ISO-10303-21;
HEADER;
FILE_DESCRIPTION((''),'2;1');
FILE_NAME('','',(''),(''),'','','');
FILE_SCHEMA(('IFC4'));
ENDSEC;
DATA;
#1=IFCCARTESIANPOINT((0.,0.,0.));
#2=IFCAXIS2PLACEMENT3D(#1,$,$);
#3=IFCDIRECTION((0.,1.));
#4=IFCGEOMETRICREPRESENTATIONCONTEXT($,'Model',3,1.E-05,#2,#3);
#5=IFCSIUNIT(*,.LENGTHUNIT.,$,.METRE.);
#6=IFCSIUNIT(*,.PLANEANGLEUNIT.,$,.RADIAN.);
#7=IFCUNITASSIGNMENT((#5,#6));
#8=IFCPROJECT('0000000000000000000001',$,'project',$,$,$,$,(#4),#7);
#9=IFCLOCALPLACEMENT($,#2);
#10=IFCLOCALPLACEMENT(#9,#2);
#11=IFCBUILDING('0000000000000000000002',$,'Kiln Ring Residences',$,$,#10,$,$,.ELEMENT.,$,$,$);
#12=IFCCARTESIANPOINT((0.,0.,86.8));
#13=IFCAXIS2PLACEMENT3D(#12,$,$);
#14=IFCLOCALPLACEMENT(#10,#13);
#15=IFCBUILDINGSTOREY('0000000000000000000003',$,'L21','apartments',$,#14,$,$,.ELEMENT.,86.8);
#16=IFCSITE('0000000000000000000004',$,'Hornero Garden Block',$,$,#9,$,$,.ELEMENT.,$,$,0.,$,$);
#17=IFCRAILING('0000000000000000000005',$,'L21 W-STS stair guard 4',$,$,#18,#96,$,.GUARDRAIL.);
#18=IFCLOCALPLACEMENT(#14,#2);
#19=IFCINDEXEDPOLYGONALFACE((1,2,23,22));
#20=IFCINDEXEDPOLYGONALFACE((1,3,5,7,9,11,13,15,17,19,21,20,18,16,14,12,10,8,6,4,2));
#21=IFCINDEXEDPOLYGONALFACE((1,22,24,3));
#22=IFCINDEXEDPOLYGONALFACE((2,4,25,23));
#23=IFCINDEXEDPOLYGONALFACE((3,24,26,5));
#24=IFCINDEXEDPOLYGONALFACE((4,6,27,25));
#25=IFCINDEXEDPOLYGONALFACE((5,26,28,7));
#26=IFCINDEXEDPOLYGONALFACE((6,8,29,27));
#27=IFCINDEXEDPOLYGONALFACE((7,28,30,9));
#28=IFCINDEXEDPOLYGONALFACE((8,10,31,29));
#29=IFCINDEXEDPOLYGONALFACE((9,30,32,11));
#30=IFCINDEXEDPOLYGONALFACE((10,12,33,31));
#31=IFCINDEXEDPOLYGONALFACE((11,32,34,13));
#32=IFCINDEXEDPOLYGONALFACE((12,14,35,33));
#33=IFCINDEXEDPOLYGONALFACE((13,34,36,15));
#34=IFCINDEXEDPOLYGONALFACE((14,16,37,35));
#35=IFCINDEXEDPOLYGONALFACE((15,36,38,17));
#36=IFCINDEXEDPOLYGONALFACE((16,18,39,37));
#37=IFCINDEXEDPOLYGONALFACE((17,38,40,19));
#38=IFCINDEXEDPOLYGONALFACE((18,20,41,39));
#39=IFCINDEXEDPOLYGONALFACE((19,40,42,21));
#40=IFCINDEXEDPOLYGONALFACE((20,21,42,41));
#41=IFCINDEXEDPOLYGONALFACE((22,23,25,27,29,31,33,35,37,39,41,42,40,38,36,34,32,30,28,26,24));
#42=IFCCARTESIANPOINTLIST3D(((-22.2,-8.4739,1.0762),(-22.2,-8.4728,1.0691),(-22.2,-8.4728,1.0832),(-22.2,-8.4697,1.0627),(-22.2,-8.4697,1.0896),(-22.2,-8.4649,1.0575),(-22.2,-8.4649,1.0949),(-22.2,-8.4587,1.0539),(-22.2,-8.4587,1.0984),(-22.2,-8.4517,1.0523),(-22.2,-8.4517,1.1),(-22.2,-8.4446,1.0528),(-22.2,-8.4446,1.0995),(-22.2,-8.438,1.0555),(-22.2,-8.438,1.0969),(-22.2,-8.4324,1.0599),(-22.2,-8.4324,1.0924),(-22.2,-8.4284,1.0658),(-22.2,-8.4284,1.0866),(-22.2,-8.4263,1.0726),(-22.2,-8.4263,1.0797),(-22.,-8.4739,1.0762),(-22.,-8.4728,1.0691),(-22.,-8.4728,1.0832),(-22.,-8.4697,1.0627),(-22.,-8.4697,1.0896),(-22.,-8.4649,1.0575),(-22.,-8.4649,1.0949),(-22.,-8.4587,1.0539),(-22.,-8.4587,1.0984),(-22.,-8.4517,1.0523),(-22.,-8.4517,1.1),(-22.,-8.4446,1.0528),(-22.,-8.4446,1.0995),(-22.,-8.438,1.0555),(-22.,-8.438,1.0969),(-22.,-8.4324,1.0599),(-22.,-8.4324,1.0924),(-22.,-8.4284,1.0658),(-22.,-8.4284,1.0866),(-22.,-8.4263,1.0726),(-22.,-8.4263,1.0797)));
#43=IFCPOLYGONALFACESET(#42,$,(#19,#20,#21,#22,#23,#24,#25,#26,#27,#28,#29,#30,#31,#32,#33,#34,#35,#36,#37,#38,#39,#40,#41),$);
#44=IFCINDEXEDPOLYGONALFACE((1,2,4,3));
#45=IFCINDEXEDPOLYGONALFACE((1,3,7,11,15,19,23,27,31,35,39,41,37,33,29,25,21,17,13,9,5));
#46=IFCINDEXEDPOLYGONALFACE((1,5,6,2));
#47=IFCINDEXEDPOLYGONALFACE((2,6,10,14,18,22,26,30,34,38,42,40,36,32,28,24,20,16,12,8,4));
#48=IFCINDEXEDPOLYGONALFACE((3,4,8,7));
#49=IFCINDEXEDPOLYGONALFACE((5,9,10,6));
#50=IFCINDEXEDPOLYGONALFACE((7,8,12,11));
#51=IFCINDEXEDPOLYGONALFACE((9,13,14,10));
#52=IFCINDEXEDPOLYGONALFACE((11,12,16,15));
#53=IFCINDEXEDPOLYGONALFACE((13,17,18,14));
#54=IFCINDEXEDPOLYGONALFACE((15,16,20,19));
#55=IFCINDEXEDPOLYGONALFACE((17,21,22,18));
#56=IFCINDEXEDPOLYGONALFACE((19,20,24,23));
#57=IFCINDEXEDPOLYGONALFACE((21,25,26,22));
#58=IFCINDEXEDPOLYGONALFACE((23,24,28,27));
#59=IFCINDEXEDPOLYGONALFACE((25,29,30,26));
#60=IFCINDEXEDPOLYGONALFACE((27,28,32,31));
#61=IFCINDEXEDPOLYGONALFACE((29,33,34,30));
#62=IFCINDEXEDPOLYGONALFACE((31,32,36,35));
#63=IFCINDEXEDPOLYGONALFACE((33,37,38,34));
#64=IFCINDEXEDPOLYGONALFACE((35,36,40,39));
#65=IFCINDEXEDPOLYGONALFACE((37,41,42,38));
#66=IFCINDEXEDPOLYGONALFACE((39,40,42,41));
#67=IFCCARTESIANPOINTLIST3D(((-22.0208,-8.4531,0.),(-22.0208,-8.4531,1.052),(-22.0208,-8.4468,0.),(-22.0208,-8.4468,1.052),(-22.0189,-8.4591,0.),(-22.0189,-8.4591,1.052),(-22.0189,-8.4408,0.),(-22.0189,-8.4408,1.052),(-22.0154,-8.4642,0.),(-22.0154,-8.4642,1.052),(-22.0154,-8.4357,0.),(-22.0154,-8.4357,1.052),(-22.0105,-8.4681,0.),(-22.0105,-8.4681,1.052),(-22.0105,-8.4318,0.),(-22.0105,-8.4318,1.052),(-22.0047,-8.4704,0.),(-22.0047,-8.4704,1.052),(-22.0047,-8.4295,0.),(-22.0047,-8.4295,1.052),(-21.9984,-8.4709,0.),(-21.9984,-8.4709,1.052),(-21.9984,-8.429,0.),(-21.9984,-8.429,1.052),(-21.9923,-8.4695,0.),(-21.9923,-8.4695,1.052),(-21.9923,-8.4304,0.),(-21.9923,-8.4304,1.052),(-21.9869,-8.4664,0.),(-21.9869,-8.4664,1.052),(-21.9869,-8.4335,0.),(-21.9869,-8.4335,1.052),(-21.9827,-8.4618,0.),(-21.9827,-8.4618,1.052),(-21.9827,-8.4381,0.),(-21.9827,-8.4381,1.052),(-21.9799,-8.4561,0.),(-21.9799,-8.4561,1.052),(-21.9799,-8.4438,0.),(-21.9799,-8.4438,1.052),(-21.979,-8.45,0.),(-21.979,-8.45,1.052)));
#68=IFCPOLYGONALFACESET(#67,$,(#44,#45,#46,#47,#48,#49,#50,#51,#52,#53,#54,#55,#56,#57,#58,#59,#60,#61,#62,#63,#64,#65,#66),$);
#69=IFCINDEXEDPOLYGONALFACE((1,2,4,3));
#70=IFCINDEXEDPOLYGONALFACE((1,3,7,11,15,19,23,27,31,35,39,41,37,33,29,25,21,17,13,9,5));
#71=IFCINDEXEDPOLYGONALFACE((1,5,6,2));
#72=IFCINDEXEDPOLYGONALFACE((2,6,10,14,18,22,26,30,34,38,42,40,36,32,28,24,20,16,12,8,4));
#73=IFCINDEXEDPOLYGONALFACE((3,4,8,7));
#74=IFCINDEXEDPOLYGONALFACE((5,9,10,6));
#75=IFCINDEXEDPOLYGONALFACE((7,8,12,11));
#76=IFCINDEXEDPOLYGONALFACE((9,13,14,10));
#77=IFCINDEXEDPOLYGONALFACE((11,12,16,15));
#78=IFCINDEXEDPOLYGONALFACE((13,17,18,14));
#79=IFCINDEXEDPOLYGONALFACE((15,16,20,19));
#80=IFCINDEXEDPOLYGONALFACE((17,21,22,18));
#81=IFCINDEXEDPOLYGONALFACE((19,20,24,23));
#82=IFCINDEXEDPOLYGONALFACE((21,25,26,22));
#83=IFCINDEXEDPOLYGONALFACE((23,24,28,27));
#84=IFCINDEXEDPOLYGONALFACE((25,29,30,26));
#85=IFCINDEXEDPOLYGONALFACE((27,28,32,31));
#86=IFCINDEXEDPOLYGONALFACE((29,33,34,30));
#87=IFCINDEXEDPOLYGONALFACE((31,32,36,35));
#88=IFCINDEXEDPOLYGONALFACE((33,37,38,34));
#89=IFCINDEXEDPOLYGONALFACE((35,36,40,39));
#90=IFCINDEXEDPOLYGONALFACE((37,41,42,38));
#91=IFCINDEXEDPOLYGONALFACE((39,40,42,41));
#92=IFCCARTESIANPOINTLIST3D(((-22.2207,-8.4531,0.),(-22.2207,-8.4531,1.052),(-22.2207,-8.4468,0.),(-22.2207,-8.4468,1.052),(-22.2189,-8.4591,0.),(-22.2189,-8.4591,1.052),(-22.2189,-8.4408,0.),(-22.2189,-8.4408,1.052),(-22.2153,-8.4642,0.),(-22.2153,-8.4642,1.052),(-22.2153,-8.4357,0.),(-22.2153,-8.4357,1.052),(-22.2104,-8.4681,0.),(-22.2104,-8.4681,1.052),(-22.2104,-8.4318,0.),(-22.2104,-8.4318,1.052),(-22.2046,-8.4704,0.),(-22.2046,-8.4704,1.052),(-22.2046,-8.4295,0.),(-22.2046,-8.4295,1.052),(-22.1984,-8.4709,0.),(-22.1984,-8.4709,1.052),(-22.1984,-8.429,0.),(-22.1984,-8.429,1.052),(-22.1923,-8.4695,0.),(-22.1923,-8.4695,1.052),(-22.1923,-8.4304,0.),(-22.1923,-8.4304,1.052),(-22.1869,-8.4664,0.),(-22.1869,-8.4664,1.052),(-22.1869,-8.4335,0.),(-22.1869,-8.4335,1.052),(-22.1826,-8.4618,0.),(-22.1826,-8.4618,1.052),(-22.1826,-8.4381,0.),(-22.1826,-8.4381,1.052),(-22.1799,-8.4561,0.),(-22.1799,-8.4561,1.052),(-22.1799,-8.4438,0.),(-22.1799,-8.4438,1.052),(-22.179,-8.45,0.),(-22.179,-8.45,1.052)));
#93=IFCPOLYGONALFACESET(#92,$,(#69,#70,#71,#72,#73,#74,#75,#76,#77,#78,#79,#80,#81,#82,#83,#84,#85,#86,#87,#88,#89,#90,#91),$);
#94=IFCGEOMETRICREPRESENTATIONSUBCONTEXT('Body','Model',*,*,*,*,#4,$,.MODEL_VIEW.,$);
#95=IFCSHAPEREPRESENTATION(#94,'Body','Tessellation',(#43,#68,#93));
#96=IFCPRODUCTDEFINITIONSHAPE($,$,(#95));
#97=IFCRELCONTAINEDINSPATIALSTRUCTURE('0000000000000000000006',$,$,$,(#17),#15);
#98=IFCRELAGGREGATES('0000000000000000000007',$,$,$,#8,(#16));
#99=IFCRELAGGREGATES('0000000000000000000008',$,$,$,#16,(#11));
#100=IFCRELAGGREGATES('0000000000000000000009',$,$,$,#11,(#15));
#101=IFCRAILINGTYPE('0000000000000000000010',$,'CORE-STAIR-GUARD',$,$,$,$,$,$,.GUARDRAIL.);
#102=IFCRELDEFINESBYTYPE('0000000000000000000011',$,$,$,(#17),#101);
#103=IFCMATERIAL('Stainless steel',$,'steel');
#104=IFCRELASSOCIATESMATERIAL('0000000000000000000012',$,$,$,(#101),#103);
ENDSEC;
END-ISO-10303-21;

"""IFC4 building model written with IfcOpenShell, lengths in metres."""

from ifc_helpers import new_model, si_unit, direction, frame, origin, origin_2d, place, context, subcontext, project, spatial, circle, extrude, material, type_object, element, save


model = new_model("IFC4")

# Units and contexts
model_context = context("Model", 3, precision=1e-05, world=origin(), true_north=direction((0.0, 1.0)))
body_context = subcontext(model_context, "Body", "Model", "MODEL_VIEW")
ifc_project = project(units=[si_unit("LENGTHUNIT", "METRE"), si_unit("PLANEANGLEUNIT", "RADIAN")], contexts=[model_context])

# Site, building, storey
site_placement = place(None, origin())
site = spatial("IfcSite", under=ifc_project, at=site_placement, Name="Hornero Garden Block", CompositionType="ELEMENT", RefElevation=0.0)
building_placement = place(site_placement, origin())
building = spatial("IfcBuilding", under=site, at=building_placement, Name="Kiln Ring Residences", CompositionType="ELEMENT")
storey_placement = place(building_placement, frame((0.0, 0.0, 86.8)))
storey = spatial("IfcBuildingStorey", under=building, at=storey_placement, Name="L21", Description="apartments", CompositionType="ELEMENT", Elevation=86.8)

# Railing
ifc_material_1 = material(Name="Stainless steel", Category="steel")
railing_type_1 = type_object("IfcRailingType", Name="CORE-STAIR-GUARD", PredefinedType="GUARDRAIL", material=ifc_material_1)
railing_1_placement = place(storey_placement, frame((-22.0, -8.45, 0.0)))
element("IfcRailing", 1, at=railing_1_placement, inside=storey, type_object=railing_type_1, Name="L21 W-STS stair guard 4", PredefinedType="GUARDRAIL", context=body_context, shape_type="SweptSolid", body=[
    extrude(circle(Radius=0.0239, at=origin_2d()), frame((0.0, 0.0, 1.0762), z_axis=(-1.0, 0.0, 0.0), x_axis=(0.0, -1.0, 0.0)), (0.0, 0.0, 1.0), 0.2),
    extrude(circle(Radius=0.021, at=origin_2d()), origin(), (0.0, 0.0, 1.0), 1.052),
    extrude(circle(Radius=0.021, at=origin_2d()), frame((-0.2, 0.0, 0.0)), (0.0, 0.0, 1.0), 1.052),
])

save(model, "model.ifc")
